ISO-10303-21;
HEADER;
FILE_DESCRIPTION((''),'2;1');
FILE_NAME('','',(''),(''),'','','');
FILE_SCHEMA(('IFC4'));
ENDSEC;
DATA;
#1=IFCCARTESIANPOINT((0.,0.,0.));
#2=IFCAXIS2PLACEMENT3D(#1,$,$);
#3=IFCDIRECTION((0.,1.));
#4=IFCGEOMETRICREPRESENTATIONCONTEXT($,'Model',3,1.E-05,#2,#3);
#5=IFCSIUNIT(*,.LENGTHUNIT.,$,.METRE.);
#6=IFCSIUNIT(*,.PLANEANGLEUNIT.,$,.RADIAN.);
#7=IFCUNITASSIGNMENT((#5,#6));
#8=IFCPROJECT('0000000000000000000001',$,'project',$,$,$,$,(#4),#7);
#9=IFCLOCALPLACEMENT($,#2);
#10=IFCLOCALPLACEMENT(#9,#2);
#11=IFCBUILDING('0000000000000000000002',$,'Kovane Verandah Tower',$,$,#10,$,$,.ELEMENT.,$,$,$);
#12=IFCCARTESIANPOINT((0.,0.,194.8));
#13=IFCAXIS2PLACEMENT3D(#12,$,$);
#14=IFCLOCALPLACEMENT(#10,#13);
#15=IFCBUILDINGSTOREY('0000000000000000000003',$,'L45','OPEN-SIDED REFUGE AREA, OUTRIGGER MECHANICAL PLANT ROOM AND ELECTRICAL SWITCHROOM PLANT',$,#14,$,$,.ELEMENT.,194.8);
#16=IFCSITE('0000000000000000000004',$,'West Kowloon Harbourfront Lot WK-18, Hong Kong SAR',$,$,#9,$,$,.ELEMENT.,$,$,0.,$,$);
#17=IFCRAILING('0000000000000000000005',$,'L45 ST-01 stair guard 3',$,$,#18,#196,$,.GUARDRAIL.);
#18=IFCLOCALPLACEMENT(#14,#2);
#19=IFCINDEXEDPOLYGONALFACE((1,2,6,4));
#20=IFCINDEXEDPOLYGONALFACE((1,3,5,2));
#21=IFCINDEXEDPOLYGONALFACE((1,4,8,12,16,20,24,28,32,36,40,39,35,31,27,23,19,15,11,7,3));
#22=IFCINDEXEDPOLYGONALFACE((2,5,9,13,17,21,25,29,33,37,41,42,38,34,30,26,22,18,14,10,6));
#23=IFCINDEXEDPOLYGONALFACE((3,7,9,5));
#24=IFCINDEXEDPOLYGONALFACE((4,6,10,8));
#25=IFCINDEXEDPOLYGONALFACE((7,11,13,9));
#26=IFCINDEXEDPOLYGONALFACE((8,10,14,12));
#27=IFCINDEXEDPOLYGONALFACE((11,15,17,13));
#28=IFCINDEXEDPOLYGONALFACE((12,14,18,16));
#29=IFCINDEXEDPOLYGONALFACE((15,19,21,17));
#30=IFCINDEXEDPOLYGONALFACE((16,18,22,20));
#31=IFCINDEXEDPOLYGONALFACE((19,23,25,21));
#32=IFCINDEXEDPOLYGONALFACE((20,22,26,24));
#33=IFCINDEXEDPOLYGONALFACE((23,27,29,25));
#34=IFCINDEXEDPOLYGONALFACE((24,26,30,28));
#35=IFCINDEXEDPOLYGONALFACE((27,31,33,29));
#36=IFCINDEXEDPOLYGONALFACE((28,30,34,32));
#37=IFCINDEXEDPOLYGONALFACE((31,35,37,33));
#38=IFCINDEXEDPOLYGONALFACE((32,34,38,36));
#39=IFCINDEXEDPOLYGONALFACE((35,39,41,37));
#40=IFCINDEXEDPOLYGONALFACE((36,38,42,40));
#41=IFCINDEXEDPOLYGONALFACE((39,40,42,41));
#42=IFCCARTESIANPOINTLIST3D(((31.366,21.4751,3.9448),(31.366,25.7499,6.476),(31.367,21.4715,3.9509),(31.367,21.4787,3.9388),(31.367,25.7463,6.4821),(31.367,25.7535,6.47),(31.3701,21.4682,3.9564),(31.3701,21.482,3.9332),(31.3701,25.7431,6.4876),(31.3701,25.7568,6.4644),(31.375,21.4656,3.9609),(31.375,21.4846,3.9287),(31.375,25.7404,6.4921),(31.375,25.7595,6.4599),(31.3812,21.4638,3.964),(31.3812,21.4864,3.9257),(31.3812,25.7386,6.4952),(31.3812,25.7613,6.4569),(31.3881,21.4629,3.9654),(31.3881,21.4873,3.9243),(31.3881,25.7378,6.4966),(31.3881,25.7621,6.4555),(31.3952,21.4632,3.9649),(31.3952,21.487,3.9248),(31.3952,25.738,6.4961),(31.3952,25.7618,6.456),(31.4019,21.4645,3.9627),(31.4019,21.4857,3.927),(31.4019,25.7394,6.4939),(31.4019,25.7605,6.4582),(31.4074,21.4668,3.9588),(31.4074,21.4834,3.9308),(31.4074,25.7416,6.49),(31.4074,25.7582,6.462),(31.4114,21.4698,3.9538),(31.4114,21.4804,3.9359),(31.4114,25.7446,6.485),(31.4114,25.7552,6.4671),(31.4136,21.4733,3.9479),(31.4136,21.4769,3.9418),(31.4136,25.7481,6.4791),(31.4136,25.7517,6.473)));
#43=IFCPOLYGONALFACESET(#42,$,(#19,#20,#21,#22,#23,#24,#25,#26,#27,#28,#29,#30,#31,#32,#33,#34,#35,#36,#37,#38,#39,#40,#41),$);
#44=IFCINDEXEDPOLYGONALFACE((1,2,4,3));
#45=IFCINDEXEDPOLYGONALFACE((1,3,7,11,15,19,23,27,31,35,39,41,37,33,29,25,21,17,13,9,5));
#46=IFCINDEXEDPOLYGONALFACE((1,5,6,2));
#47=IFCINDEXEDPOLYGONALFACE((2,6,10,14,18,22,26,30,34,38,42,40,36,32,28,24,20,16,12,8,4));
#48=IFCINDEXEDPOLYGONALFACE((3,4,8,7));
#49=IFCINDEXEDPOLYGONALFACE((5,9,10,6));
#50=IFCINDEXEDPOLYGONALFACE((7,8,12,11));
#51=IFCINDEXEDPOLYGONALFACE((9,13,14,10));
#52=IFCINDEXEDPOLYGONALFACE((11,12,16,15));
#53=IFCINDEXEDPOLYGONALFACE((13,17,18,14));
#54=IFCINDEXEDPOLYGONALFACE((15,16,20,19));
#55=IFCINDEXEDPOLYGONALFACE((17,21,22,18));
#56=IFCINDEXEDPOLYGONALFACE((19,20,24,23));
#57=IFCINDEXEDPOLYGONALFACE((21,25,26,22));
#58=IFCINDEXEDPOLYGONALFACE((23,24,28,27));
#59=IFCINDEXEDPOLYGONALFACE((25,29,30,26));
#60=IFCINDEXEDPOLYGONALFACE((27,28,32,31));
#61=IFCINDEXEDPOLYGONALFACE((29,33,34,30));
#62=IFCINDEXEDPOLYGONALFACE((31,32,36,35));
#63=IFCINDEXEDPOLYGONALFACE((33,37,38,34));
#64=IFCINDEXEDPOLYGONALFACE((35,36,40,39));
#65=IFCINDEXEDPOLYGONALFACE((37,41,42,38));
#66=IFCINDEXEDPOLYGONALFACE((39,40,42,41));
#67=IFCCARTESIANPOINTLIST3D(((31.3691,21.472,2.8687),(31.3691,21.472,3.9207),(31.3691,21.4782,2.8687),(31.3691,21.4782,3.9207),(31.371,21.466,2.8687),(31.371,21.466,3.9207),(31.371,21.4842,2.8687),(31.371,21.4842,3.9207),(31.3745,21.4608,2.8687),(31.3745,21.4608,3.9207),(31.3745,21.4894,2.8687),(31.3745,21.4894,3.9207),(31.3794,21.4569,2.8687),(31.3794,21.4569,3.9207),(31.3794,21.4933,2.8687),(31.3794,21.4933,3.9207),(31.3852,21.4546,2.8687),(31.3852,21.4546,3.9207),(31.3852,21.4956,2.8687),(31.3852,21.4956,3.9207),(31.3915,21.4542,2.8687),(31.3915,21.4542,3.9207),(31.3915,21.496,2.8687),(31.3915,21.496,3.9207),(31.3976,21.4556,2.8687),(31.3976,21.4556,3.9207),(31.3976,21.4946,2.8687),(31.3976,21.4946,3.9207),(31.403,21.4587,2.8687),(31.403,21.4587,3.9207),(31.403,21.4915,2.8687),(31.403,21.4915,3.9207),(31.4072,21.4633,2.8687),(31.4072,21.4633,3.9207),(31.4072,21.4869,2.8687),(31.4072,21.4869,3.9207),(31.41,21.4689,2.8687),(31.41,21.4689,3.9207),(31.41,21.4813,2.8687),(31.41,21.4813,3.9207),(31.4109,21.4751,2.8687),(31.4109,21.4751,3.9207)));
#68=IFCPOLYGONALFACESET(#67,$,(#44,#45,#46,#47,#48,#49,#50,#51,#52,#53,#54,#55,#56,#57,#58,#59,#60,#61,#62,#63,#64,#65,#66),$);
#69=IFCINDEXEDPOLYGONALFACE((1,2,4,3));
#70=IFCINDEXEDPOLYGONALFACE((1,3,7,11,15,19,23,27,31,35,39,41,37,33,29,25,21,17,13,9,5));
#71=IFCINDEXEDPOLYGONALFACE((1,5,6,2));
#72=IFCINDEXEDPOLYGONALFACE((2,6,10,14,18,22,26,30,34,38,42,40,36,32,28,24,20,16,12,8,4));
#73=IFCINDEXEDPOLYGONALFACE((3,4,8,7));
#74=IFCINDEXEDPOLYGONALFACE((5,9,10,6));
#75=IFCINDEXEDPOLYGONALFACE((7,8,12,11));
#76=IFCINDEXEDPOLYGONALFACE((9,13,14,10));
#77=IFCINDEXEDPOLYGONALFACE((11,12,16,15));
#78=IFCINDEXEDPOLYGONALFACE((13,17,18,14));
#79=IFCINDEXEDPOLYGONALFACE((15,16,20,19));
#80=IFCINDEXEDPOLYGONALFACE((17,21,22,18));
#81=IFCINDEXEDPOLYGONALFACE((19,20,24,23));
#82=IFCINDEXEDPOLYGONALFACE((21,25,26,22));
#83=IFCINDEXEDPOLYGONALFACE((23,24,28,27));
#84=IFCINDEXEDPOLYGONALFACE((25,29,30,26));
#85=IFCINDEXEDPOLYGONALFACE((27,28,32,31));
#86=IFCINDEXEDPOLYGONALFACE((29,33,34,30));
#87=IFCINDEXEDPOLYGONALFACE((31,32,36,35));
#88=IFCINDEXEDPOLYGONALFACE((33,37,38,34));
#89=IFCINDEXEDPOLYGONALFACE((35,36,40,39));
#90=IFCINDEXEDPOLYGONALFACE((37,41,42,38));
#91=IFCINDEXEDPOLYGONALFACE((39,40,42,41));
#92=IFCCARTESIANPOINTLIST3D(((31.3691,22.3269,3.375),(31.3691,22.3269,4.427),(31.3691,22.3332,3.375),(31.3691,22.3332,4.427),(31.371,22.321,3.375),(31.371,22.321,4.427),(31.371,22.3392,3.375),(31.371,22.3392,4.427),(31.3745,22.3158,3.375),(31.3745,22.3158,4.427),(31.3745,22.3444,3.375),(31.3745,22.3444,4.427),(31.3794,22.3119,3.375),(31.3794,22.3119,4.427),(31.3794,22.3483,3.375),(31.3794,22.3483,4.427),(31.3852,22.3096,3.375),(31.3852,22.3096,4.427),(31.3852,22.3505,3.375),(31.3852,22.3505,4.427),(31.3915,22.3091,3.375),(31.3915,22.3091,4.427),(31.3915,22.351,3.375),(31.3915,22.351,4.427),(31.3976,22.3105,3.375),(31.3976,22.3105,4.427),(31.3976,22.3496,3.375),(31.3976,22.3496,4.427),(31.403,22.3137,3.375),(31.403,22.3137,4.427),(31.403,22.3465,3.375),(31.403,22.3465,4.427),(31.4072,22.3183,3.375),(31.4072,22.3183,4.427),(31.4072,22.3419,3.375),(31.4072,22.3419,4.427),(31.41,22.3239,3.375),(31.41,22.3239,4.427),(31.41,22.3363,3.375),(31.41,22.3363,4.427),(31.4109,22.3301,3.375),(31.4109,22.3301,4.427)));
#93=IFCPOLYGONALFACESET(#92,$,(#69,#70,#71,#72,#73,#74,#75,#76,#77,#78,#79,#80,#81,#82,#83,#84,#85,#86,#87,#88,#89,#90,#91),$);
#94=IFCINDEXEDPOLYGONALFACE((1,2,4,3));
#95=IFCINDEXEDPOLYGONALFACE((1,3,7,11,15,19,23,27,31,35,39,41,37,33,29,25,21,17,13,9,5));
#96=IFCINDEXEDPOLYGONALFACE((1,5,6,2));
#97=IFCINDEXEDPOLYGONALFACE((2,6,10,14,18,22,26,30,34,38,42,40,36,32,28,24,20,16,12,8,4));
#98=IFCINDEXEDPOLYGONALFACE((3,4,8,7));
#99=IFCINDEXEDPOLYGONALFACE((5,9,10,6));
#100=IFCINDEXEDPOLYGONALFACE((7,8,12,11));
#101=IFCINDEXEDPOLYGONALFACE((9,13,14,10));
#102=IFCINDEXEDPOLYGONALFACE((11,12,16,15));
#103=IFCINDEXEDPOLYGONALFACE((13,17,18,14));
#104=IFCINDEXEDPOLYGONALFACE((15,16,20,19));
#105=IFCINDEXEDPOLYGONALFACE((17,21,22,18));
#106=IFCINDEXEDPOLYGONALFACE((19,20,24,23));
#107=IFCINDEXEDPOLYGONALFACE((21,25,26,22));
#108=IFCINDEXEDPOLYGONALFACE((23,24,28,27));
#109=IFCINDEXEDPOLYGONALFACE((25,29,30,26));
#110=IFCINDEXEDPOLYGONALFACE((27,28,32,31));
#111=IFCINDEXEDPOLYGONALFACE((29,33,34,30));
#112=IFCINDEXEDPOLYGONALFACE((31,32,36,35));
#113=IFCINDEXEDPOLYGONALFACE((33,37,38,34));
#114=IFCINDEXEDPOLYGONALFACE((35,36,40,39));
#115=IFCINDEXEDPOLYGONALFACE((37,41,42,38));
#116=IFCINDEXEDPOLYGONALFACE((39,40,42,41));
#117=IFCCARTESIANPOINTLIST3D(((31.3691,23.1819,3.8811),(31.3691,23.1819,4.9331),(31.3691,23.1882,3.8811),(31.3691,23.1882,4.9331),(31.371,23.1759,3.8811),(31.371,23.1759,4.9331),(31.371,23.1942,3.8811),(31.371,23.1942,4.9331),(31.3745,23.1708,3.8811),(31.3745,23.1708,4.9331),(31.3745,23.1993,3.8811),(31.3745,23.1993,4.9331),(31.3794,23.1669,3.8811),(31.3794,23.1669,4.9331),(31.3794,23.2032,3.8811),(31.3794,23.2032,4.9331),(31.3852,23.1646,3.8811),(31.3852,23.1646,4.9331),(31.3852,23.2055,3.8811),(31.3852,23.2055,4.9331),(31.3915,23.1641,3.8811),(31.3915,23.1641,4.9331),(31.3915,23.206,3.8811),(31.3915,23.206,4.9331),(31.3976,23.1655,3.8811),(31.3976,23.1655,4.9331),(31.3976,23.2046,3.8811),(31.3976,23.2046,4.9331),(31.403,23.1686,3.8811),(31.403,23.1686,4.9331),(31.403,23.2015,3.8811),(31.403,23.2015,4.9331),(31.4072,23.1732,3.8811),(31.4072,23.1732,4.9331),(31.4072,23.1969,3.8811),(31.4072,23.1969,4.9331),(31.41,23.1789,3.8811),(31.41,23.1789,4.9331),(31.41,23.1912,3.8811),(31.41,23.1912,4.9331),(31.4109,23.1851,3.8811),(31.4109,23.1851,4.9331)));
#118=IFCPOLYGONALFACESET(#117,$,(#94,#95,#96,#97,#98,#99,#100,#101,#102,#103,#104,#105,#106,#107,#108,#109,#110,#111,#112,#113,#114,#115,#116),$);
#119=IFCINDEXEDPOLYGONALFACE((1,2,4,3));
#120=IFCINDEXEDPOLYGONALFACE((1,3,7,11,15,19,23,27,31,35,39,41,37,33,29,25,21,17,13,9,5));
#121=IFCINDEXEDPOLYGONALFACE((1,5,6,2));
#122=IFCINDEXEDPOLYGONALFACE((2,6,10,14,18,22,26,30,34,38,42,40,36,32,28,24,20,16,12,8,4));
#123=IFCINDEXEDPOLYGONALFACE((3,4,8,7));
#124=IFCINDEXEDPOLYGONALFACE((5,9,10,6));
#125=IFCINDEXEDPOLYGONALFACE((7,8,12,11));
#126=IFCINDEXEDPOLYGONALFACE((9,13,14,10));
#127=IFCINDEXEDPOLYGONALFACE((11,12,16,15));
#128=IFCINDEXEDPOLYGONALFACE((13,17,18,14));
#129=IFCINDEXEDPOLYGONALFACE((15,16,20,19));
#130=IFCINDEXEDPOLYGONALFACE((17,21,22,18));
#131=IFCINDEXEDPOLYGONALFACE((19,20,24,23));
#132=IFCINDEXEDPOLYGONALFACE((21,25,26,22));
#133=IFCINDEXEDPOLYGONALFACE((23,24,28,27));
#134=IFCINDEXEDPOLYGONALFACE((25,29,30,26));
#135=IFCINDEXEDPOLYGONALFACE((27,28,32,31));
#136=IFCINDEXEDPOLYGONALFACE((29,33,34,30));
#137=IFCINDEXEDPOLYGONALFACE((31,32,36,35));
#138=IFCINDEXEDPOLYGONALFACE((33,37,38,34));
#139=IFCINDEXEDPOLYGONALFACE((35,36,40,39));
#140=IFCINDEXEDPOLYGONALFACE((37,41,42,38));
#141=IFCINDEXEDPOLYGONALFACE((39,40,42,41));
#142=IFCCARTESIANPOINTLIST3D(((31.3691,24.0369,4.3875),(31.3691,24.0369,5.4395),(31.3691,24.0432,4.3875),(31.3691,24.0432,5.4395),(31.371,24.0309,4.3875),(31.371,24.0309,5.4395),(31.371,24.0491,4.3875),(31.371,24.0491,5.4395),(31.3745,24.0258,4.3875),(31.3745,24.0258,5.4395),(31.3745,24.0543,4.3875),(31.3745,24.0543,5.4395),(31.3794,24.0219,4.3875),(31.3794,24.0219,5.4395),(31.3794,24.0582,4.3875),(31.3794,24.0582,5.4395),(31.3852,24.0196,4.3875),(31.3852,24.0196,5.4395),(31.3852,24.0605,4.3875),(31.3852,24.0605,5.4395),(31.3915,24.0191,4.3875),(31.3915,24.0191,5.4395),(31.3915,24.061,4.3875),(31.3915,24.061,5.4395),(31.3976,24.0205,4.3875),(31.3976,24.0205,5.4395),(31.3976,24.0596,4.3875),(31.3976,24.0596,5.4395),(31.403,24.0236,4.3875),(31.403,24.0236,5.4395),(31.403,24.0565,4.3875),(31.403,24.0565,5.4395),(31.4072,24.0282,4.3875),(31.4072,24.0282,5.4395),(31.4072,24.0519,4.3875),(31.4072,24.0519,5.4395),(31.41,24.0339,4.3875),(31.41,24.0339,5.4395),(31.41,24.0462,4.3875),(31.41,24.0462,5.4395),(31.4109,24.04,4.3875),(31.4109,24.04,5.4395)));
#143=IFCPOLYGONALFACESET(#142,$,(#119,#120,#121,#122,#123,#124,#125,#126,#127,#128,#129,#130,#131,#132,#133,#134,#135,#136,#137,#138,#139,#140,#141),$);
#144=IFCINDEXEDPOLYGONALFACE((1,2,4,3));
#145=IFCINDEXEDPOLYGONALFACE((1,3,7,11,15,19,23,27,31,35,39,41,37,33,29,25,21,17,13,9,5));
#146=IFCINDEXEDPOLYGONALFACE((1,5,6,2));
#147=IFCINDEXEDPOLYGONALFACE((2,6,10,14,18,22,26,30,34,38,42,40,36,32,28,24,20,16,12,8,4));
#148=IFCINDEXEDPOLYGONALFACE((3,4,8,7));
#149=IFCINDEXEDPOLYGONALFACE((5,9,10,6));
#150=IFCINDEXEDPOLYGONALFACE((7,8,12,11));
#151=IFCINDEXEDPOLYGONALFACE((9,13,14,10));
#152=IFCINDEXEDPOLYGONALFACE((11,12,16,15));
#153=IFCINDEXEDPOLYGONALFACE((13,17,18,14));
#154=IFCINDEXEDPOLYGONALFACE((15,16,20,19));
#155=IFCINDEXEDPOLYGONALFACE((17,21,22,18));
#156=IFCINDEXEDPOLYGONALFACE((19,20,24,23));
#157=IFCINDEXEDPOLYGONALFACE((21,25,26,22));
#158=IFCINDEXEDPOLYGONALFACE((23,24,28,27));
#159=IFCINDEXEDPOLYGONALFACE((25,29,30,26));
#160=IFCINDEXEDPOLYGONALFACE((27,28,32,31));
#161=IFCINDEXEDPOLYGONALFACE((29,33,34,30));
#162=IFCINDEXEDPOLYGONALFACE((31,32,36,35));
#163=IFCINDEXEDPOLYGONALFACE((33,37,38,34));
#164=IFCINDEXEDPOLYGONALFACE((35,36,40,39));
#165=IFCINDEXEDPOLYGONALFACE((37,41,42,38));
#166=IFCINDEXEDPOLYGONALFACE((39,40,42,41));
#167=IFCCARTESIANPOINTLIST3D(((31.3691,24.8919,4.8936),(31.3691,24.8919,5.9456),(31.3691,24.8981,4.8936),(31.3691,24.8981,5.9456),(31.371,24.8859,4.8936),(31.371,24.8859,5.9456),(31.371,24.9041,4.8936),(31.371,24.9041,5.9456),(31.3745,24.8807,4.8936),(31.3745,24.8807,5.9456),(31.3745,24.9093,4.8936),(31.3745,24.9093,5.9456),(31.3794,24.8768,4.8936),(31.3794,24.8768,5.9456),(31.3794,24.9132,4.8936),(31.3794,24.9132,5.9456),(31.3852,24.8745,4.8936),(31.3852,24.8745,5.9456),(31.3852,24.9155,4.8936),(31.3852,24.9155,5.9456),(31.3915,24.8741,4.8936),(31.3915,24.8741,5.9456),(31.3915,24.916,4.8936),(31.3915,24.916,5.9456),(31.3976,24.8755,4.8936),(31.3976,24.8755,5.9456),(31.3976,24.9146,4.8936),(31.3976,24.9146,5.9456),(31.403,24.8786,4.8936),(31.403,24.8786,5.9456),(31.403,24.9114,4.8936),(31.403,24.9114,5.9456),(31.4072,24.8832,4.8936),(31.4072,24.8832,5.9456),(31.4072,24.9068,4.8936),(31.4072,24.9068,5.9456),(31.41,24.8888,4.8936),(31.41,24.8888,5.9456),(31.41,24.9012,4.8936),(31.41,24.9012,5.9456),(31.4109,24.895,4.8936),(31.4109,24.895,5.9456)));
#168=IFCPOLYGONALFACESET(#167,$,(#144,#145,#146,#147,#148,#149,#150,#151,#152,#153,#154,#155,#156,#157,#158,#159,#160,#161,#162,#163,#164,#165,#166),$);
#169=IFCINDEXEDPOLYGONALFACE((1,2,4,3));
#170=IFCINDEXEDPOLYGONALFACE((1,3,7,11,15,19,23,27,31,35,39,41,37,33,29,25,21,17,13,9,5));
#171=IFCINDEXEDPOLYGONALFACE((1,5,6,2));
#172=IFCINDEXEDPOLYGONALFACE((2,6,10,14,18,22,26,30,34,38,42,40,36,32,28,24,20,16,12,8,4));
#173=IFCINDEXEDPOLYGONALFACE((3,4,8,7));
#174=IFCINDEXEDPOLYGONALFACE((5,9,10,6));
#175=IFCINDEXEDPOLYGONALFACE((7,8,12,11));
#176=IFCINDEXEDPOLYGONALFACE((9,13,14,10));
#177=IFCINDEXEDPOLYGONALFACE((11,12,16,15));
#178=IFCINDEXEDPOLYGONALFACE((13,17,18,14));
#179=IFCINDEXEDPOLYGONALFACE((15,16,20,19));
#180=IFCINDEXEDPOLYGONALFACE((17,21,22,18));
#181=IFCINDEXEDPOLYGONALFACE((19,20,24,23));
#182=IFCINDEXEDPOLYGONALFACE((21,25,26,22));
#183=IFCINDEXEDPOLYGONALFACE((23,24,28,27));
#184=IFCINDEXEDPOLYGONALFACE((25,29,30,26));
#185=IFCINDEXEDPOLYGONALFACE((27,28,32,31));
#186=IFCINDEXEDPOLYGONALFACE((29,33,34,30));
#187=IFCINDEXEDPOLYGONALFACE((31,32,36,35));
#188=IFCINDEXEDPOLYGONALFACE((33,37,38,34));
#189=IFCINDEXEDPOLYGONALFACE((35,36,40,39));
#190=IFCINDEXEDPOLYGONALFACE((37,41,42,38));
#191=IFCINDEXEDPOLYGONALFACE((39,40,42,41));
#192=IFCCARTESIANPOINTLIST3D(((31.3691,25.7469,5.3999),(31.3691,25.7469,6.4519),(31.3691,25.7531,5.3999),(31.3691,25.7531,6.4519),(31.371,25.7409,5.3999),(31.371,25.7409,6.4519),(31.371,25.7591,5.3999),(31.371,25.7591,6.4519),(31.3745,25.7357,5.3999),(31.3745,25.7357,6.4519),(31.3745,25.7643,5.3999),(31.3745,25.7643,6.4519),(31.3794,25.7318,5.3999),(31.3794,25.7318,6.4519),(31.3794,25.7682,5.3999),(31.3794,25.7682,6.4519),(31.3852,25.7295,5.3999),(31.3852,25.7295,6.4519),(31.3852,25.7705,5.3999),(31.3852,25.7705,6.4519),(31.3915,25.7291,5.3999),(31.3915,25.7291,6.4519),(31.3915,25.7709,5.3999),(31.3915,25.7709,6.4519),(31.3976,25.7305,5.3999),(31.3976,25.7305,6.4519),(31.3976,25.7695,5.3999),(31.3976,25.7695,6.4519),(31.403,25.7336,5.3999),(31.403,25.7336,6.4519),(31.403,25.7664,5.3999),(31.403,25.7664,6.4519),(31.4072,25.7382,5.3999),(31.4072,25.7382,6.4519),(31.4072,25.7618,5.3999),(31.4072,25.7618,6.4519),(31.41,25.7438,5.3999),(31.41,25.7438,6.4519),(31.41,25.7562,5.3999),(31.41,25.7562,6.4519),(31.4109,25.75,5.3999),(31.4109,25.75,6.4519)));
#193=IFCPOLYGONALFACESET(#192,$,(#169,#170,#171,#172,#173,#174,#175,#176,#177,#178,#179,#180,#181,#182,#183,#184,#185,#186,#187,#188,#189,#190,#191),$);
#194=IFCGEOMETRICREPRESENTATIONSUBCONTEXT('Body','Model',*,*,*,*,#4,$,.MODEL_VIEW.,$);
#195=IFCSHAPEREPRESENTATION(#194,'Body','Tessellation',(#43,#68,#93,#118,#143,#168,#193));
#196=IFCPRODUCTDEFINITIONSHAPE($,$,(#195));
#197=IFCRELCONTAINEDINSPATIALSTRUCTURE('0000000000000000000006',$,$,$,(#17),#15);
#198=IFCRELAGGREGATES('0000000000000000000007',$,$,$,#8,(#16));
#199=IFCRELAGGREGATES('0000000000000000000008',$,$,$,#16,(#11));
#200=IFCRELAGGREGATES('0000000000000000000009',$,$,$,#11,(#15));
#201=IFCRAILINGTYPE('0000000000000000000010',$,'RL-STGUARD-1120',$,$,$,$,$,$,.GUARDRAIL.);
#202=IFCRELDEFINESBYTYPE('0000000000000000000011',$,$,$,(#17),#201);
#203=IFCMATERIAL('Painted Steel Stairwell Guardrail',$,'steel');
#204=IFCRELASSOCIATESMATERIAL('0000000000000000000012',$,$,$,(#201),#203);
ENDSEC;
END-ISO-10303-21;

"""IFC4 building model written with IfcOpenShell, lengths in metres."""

from ifc_helpers import new_model, si_unit, direction, frame, origin, origin_2d, place, context, subcontext, project, spatial, circle, extrude, material, type_object, element, save


model = new_model("IFC4")

# Units and contexts
model_context = context("Model", 3, precision=1e-05, world=origin(), true_north=direction((0.0, 1.0)))
body_context = subcontext(model_context, "Body", "Model", "MODEL_VIEW")
ifc_project = project(units=[si_unit("LENGTHUNIT", "METRE"), si_unit("PLANEANGLEUNIT", "RADIAN")], contexts=[model_context])

# Site, building, storey
site_placement = place(None, origin())
site = spatial("IfcSite", under=ifc_project, at=site_placement, Name="West Kowloon Harbourfront Lot WK-18, Hong Kong SAR", CompositionType="ELEMENT", RefElevation=0.0)
building_placement = place(site_placement, origin())
building = spatial("IfcBuilding", under=site, at=building_placement, Name="Kovane Verandah Tower", CompositionType="ELEMENT")
storey_placement = place(building_placement, frame((0.0, 0.0, 194.8)))
storey = spatial("IfcBuildingStorey", under=building, at=storey_placement, Name="L45", Description="OPEN-SIDED REFUGE AREA, OUTRIGGER MECHANICAL PLANT ROOM AND ELECTRICAL SWITCHROOM PLANT", CompositionType="ELEMENT", Elevation=194.8)

# Railing
ifc_material_1 = material(Name="Painted Steel Stairwell Guardrail", Category="steel")
railing_type_1 = type_object("IfcRailingType", Name="RL-STGUARD-1120", PredefinedType="GUARDRAIL", material=ifc_material_1)
railing_1_placement = place(storey_placement, frame((31.3899, 21.4751, 2.8687)))
element("IfcRailing", 1, at=railing_1_placement, inside=storey, type_object=railing_type_1, Name="L45 ST-01 stair guard 3", PredefinedType="GUARDRAIL", context=body_context, shape_type="SweptSolid", body=[
    extrude(circle(Radius=0.0239, at=origin_2d()), frame((0.0, 0.0, 1.0762), z_axis=(0.0, 0.86047, 0.509501), x_axis=(-1.0, 0.0, 0.0)), (0.0, 0.0, 1.0), 4.968),
    extrude(circle(Radius=0.021, at=origin_2d()), origin(), (0.0, 0.0, 1.0), 1.052),
    extrude(circle(Radius=0.021, at=origin_2d()), frame((0.0, 0.855, 0.5063)), (0.0, 0.0, 1.0), 1.052),
    extrude(circle(Radius=0.021, at=origin_2d()), frame((0.0, 1.71, 1.0125)), (0.0, 0.0, 1.0), 1.052),
    extrude(circle(Radius=0.021, at=origin_2d()), frame((0.0, 2.5649, 1.5188)), (0.0, 0.0, 1.0), 1.052),
    extrude(circle(Radius=0.021, at=origin_2d()), frame((0.0, 3.4199, 2.0249)), (0.0, 0.0, 1.0), 1.052),
    extrude(circle(Radius=0.021, at=origin_2d()), frame((0.0, 4.2749, 2.5312)), (0.0, 0.0, 1.0), 1.052),
])

save(model, "model.ifc")
